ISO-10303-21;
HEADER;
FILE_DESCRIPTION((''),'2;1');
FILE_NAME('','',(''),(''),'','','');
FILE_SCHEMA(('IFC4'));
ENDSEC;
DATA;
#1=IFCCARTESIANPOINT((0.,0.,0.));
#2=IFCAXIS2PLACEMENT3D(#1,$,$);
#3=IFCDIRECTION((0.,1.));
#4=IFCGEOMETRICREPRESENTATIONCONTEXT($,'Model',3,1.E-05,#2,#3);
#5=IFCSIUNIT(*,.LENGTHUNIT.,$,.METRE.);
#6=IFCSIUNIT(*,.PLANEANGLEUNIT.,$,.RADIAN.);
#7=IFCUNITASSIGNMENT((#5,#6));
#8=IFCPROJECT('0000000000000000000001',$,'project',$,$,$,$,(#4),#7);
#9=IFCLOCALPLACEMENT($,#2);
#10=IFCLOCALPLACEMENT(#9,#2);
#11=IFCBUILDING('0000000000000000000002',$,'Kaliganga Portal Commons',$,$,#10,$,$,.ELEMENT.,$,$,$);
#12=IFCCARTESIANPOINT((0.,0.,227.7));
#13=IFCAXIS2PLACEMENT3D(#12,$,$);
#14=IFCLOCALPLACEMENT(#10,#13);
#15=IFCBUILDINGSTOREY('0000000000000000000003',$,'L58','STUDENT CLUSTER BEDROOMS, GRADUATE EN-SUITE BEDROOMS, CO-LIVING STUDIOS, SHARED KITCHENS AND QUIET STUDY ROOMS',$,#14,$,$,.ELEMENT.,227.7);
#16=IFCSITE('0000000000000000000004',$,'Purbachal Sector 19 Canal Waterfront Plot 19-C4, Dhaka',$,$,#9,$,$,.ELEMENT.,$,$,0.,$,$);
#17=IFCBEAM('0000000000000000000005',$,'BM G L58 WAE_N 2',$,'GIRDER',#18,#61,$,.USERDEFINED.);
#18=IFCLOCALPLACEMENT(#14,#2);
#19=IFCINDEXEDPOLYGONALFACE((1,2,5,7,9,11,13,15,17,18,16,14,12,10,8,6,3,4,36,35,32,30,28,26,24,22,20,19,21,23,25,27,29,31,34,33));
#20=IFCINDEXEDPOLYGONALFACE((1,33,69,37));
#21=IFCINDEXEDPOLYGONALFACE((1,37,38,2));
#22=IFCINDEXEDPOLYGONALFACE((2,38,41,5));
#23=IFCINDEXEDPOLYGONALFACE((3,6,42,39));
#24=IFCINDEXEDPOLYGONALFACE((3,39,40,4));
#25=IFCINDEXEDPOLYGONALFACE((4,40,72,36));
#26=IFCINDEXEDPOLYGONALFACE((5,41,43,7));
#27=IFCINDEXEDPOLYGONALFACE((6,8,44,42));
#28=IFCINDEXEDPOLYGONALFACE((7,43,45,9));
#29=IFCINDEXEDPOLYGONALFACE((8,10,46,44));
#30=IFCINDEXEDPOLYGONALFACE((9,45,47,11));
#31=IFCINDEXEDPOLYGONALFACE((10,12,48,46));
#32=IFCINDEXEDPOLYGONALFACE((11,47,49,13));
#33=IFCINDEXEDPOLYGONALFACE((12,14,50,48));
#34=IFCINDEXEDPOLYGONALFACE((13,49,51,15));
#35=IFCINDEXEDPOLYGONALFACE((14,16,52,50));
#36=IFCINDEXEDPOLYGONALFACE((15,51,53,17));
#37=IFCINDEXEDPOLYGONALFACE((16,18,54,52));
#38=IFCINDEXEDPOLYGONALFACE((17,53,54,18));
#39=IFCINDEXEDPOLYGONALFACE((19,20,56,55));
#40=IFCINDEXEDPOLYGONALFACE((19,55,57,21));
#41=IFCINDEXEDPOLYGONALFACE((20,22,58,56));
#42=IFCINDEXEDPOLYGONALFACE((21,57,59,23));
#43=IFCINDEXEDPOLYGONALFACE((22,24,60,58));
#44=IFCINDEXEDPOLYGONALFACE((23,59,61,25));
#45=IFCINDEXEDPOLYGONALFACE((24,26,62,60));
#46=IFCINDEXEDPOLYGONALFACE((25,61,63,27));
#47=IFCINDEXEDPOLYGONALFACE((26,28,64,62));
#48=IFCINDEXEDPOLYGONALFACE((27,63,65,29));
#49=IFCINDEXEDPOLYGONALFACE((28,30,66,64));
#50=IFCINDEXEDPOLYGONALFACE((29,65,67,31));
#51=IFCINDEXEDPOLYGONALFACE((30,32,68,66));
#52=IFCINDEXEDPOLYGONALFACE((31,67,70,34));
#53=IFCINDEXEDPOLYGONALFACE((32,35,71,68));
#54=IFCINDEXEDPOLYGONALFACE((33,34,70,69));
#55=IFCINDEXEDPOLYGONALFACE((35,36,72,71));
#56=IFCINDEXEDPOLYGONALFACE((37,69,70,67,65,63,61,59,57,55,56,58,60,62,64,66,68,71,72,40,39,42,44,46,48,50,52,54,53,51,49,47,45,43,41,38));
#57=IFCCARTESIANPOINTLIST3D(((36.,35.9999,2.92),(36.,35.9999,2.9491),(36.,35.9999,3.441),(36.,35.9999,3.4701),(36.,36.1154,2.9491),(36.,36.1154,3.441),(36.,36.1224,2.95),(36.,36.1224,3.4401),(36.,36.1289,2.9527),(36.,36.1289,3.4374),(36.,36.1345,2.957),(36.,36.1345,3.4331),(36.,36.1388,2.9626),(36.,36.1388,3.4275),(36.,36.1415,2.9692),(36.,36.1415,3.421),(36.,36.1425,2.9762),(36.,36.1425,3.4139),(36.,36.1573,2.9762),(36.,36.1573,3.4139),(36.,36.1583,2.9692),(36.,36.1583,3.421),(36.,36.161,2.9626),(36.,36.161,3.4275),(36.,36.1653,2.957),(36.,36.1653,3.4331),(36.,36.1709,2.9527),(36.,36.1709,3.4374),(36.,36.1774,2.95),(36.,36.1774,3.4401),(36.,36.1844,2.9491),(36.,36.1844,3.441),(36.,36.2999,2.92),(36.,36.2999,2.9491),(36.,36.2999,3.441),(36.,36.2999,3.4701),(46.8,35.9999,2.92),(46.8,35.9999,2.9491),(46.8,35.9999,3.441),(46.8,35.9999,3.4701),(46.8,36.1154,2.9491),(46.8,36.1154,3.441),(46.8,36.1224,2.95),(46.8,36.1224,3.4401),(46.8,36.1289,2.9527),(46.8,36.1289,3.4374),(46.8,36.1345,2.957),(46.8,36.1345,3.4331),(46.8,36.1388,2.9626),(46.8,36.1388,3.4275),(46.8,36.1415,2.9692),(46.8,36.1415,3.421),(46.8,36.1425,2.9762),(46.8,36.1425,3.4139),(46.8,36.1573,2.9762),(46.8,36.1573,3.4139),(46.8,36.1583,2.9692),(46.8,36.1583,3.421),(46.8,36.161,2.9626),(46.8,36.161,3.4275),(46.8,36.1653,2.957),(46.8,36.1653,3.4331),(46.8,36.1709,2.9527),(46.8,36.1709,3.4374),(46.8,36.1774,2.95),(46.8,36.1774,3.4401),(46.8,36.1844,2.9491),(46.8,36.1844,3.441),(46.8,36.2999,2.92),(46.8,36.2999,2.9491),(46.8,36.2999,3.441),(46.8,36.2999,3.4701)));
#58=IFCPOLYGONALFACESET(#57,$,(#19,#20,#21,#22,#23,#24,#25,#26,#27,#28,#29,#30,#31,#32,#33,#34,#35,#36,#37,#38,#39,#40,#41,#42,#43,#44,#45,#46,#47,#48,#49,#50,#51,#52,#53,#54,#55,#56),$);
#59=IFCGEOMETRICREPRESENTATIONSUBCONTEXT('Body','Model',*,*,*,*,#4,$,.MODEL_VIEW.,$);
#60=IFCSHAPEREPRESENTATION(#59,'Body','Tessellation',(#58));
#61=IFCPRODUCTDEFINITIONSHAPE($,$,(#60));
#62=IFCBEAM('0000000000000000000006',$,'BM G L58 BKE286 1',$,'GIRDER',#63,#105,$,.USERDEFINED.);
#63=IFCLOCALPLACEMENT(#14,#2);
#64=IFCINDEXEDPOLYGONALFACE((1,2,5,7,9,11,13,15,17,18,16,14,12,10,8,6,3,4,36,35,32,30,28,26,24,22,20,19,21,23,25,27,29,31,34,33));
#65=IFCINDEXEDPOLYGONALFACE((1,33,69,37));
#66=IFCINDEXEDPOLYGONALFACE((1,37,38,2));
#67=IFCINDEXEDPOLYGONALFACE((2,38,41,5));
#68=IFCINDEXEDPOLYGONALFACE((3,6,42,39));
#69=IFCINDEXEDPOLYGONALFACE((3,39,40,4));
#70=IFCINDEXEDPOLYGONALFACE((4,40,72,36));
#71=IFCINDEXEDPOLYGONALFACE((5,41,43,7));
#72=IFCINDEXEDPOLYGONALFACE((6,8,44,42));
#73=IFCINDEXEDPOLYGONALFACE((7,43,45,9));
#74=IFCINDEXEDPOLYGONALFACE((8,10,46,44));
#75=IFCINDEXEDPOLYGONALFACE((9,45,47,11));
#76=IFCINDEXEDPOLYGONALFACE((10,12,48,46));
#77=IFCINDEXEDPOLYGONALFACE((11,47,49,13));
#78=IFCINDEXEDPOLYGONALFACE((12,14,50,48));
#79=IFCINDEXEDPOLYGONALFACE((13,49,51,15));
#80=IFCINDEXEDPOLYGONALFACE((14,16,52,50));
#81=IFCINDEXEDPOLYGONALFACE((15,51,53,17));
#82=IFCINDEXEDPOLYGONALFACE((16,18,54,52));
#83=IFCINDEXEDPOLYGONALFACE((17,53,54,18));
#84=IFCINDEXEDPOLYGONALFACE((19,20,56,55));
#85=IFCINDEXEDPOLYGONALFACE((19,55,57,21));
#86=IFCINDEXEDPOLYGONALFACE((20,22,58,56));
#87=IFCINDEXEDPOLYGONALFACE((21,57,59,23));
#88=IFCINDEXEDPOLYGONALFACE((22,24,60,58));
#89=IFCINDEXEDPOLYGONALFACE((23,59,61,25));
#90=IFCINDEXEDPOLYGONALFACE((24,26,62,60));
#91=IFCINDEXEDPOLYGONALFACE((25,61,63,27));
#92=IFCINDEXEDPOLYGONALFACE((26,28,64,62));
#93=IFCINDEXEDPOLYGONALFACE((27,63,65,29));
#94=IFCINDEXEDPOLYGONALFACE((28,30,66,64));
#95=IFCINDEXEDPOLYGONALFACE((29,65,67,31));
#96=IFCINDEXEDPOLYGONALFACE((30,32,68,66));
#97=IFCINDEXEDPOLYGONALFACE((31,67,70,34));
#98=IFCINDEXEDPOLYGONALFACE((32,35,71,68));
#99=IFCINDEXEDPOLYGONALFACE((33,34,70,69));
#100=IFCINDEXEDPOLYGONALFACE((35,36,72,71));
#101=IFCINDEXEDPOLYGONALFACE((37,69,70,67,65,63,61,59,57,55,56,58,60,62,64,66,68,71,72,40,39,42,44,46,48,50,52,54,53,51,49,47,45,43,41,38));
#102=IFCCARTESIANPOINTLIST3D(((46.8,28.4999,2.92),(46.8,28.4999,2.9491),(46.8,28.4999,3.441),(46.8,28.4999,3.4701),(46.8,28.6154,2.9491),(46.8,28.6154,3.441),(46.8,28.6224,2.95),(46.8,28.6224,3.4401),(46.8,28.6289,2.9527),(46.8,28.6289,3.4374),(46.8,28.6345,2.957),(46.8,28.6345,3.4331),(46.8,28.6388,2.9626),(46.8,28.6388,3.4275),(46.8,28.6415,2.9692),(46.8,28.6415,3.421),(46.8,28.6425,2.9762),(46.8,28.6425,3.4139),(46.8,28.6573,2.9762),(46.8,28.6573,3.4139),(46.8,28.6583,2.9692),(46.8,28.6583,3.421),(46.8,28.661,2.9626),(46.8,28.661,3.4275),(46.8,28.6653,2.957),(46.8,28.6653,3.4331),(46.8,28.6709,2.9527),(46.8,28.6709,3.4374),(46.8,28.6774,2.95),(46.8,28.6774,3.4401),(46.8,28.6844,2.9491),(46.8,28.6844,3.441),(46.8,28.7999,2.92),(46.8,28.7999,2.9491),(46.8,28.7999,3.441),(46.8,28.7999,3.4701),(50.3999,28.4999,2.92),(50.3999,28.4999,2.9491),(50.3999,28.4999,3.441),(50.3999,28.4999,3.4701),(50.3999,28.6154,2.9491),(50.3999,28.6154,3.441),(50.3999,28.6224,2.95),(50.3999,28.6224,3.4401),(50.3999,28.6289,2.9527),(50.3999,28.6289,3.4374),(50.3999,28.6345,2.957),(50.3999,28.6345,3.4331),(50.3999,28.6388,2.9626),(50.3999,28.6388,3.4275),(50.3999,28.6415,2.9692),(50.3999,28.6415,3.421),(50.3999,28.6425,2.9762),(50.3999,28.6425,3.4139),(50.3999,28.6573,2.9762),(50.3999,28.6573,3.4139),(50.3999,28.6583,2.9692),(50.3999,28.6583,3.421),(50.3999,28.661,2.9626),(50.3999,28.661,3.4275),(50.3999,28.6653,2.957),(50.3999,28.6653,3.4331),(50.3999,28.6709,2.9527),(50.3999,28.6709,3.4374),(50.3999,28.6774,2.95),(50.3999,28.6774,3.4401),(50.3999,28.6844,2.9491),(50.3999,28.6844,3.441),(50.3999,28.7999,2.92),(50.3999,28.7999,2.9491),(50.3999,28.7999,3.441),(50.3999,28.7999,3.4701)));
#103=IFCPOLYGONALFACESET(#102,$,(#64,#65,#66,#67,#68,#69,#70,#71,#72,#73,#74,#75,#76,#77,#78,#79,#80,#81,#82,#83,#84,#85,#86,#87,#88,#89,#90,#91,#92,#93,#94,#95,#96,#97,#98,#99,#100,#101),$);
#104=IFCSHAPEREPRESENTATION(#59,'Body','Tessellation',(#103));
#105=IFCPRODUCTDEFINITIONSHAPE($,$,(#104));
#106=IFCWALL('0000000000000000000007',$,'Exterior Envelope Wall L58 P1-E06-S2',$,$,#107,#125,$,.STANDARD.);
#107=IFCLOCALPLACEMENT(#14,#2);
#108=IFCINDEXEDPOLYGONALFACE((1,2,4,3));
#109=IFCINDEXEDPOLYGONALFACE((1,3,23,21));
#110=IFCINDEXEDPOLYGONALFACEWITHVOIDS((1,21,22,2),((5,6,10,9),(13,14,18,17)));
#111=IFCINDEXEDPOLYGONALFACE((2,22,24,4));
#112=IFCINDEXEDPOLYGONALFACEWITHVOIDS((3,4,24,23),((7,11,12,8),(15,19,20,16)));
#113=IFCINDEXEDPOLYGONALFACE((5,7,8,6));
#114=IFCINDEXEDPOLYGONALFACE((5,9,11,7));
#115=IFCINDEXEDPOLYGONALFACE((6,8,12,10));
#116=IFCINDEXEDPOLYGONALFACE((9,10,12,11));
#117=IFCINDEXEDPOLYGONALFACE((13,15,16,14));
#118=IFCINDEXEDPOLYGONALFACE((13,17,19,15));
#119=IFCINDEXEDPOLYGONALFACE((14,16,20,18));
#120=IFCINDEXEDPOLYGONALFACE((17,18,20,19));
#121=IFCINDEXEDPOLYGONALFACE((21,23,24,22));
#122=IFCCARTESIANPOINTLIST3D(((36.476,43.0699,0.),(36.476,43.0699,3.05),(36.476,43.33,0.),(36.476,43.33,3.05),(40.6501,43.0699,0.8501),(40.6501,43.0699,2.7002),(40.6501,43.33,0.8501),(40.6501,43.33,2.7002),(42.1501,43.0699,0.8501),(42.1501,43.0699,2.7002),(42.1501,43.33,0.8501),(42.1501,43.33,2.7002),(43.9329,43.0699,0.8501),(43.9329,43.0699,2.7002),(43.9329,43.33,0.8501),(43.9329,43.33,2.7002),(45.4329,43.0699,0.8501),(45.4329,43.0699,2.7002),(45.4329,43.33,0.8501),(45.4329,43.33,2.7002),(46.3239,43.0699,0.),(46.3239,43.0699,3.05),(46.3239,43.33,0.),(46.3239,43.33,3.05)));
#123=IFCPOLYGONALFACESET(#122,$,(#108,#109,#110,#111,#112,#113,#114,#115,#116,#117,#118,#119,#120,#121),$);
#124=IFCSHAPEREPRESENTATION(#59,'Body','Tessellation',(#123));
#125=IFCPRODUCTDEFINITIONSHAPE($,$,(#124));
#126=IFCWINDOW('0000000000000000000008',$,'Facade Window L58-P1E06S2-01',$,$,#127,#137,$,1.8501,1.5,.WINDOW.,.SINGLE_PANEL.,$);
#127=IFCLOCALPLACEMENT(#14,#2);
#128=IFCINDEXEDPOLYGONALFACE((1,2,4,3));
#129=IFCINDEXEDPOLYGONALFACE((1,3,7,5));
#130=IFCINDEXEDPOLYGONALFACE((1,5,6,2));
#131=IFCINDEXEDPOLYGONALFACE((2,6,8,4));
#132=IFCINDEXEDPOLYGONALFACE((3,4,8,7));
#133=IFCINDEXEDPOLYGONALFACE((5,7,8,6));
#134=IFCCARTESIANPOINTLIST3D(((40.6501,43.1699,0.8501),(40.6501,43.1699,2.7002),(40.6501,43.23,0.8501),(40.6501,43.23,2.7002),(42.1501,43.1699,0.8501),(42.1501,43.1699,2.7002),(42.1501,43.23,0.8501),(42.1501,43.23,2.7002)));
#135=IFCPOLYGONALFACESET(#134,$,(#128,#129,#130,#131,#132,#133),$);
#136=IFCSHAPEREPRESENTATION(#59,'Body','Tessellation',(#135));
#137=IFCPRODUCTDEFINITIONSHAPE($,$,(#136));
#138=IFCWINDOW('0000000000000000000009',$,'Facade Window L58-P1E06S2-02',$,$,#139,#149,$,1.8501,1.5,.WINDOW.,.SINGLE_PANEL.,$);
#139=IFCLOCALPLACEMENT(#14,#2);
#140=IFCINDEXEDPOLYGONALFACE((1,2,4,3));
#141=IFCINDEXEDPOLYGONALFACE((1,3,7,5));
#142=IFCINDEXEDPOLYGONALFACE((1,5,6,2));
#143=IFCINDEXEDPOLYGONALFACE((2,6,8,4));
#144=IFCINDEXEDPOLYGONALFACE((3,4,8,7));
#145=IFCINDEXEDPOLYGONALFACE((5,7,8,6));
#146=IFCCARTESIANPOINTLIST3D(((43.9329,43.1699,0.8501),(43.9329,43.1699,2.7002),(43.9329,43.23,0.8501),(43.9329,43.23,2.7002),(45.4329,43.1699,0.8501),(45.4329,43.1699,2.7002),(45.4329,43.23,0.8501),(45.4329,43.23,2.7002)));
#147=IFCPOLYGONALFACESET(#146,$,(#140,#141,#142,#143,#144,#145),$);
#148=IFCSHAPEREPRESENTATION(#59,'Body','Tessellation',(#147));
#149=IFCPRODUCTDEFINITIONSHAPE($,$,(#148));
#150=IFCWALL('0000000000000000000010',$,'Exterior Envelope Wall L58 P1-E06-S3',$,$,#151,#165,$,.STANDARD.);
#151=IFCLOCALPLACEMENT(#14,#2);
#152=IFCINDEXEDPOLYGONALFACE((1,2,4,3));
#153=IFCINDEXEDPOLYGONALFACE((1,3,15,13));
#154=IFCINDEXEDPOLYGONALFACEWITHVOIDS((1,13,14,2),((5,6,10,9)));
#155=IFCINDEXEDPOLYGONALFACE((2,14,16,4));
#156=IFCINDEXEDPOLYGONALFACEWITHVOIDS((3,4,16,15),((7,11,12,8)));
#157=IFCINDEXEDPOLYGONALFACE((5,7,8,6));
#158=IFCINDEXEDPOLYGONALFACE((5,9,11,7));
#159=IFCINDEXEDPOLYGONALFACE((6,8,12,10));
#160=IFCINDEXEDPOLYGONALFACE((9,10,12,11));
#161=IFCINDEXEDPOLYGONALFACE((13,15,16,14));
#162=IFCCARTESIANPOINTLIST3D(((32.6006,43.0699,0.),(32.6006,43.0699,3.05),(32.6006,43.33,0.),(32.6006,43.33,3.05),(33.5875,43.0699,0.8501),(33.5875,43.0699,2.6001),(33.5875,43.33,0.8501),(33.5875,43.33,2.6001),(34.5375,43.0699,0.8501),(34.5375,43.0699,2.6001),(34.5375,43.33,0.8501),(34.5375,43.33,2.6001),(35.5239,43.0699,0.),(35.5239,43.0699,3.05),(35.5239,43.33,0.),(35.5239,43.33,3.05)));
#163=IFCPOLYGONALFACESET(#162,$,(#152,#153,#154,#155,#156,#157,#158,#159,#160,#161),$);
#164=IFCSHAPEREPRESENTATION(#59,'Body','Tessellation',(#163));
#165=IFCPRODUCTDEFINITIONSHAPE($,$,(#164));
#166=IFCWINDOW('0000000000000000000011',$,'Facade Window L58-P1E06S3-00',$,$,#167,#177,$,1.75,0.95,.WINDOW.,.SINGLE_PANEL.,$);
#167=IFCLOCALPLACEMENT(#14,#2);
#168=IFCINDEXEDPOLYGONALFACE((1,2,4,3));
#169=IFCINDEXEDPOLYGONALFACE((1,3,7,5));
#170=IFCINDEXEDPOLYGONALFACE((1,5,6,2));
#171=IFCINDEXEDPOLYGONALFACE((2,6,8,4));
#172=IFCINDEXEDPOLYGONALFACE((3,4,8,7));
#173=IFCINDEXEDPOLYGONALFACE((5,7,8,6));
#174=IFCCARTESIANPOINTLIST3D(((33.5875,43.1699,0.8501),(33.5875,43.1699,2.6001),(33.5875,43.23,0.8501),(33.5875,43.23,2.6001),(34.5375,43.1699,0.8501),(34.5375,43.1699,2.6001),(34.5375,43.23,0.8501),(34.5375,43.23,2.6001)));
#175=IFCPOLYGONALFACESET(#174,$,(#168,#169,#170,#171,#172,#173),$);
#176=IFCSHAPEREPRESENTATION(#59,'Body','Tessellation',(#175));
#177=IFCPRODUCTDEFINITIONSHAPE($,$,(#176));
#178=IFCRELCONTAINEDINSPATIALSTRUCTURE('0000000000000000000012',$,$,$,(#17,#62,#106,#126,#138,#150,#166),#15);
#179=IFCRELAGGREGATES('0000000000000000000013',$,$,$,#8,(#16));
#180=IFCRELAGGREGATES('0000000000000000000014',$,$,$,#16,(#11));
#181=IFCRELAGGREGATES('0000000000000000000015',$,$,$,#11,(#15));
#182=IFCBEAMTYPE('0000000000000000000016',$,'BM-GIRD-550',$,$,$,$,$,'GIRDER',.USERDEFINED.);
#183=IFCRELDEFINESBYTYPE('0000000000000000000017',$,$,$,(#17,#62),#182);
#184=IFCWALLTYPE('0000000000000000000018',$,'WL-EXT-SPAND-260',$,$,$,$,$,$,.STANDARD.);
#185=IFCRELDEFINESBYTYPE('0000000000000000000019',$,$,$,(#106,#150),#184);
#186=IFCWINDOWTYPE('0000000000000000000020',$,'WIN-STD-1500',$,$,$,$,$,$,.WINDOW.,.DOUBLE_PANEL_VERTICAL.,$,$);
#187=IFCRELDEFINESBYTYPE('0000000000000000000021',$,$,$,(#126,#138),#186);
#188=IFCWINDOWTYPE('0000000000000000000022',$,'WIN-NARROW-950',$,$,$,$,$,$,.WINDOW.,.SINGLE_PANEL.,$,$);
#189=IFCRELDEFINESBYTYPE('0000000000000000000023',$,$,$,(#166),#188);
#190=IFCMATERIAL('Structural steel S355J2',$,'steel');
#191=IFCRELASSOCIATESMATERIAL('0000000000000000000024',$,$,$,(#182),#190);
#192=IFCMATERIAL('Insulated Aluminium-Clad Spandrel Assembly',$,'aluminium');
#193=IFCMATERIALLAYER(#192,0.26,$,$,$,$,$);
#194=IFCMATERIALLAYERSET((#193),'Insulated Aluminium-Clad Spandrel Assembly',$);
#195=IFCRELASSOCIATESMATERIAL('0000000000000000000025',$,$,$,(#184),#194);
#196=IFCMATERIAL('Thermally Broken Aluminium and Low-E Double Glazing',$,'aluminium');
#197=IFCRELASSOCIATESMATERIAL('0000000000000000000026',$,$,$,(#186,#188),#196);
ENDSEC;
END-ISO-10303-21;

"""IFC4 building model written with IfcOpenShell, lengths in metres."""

from ifc_helpers import new_model, si_unit, direction, frame, frame_2d, origin, origin_2d, place, context, subcontext, project, spatial, rectangle, i_section, extrude, source, transform, mapped, material, layer, layer_set, material_profile, profile_set, type_object, element, fill, save


model = new_model("IFC4")

# Units and contexts
model_context = context("Model", 3, precision=1e-05, world=origin(), true_north=direction((0.0, 1.0)))
body_context = subcontext(model_context, "Body", "Model", "MODEL_VIEW")
ifc_project = project(units=[si_unit("LENGTHUNIT", "METRE"), si_unit("PLANEANGLEUNIT", "RADIAN")], contexts=[model_context])

# Site, building, storey
site_placement = place(None, origin())
site = spatial("IfcSite", under=ifc_project, at=site_placement, Name="Purbachal Sector 19 Canal Waterfront Plot 19-C4, Dhaka", CompositionType="ELEMENT", RefElevation=0.0)
building_placement = place(site_placement, origin())
building = spatial("IfcBuilding", under=site, at=building_placement, Name="Kaliganga Portal Commons", CompositionType="ELEMENT")
storey_placement = place(building_placement, frame((0.0, 0.0, 227.7)))
storey = spatial("IfcBuildingStorey", under=building, at=storey_placement, Name="L58", Description="STUDENT CLUSTER BEDROOMS, GRADUATE EN-SUITE BEDROOMS, CO-LIVING STUDIOS, SHARED KITCHENS AND QUIET STUDY ROOMS", CompositionType="ELEMENT", Elevation=227.7)

# Beams
ifc_material_1 = material(Name="Structural steel S355J2", Category="steel")
ifc_material_profile_1 = material_profile(ifc_material_1, i_section(OverallWidth=0.3, OverallDepth=0.55, WebThickness=0.0149, FlangeThickness=0.0291, FilletRadius=0.0271, at=origin_2d()), Name="HE 550 B")
ifc_profile_set_1 = profile_set([ifc_material_profile_1], Name="Structural steel S355J2 wide-flange")
beam_type_1 = type_object("IfcBeamType", Name="BM-GIRD-550", ElementType="GIRDER", PredefinedType="USERDEFINED", material=ifc_profile_set_1)
shared_shape_1 = source(origin(), body_context, "Body", "SweptSolid", [
    extrude(i_section(OverallWidth=0.3, OverallDepth=0.55, WebThickness=0.0149, FlangeThickness=0.0291, FilletRadius=0.0271, at=origin_2d()), origin(), (0.0, 0.0, 1.0), 10.8),
])
beam_1_placement = place(storey_placement, frame((36.0, 36.1499, 3.1951), z_axis=(1.0, 0.0, 0.0), x_axis=(0.0, 1.0, 0.0)))
element("IfcBeam", 1, at=beam_1_placement, inside=storey, type_object=beam_type_1, Name="BM G L58 WAE_N 2", ObjectType="GIRDER", PredefinedType="USERDEFINED", context=body_context, shape_type="MappedRepresentation", body=[
    mapped(shared_shape_1, transform((0.0, 0.0, 0.0), x_axis=(1.0, 0.0, 0.0), y_axis=(0.0, 1.0, 0.0), z_axis=(0.0, 0.0, 1.0), scale=1.0)),
])
shared_shape_2 = source(origin(), body_context, "Body", "SweptSolid", [
    extrude(i_section(OverallWidth=0.3, OverallDepth=0.55, WebThickness=0.0149, FlangeThickness=0.0291, FilletRadius=0.0271, at=origin_2d()), origin(), (0.0, 0.0, 1.0), 3.5999),
])
beam_2_placement = place(storey_placement, frame((46.8, 28.6499, 3.1951), z_axis=(1.0, 0.0, 0.0), x_axis=(0.0, 1.0, 0.0)))
element("IfcBeam", 2, at=beam_2_placement, inside=storey, type_object=beam_type_1, Name="BM G L58 BKE286 1", ObjectType="GIRDER", PredefinedType="USERDEFINED", context=body_context, shape_type="MappedRepresentation", body=[
    mapped(shared_shape_2, transform((0.0, 0.0, 0.0), x_axis=(1.0, 0.0, 0.0), y_axis=(0.0, 1.0, 0.0), z_axis=(0.0, 0.0, 1.0), scale=1.0)),
])

# Wall, openings, windows
ifc_material_2 = material(Name="Insulated Aluminium-Clad Spandrel Assembly", Category="aluminium")
ifc_layer_1 = layer(ifc_material_2, 0.26)
ifc_layer_set_1 = layer_set([ifc_layer_1], Name="Insulated Aluminium-Clad Spandrel Assembly")
wall_type_1 = type_object("IfcWallType", Name="WL-EXT-SPAND-260", PredefinedType="STANDARD", material=ifc_layer_set_1)
wall_1_placement = place(storey_placement, frame((36.4761, 43.2, 0.0), z_axis=(0.0, 0.0, 1.0), x_axis=(1.0, 0.0, 0.0)))
wall_1 = element("IfcWall", 3, at=wall_1_placement, inside=storey, type_object=wall_type_1, Name="Exterior Envelope Wall L58 P1-E06-S2", PredefinedType="STANDARD", context=body_context, shape_type="SweptSolid", body=[
    extrude(rectangle(XDim=9.8479, YDim=0.26, at=frame_2d((4.9238, 0.0))), origin(), (0.0, 0.0, 1.0), 3.05),
])
opening_1_placement = place(wall_1_placement, frame((4.1741, 0.0, 0.8501)))
opening_1 = element("IfcOpeningElement", 4, at=opening_1_placement, cuts=wall_1, PredefinedType="OPENING", context=body_context, shape_type="SweptSolid", body=[
    extrude(rectangle(XDim=1.5, YDim=1.8501, at=frame_2d((0.75, 0.925))), frame((0.0, 0.1401, 0.0), z_axis=(0.0, -1.0, 0.0), x_axis=(1.0, 0.0, 0.0)), (0.0, 0.0, 1.0), 0.28),
])
opening_2_placement = place(wall_1_placement, frame((7.4568, 0.0, 0.8501)))
opening_2 = element("IfcOpeningElement", 5, at=opening_2_placement, cuts=wall_1, PredefinedType="OPENING", context=body_context, shape_type="SweptSolid", body=[
    extrude(rectangle(XDim=1.5, YDim=1.8501, at=frame_2d((0.75, 0.925))), frame((0.0, 0.1401, 0.0), z_axis=(0.0, -1.0, 0.0), x_axis=(1.0, 0.0, 0.0)), (0.0, 0.0, 1.0), 0.28),
])
ifc_material_3 = material(Name="Thermally Broken Aluminium and Low-E Double Glazing", Category="aluminium")
window_type_1 = type_object("IfcWindowType", Name="WIN-STD-1500", PartitioningType="DOUBLE_PANEL_VERTICAL", PredefinedType="WINDOW", material=ifc_material_3)
window_1_placement = place(opening_1_placement, origin())
window_1 = element("IfcWindow", 6, at=window_1_placement, inside=storey, type_object=window_type_1, Name="Facade Window L58-P1E06S2-01", OverallHeight=1.8501, OverallWidth=1.5, PartitioningType="SINGLE_PANEL", PredefinedType="WINDOW", context=body_context, shape_type="SweptSolid", body=[
    extrude(rectangle(XDim=1.5, YDim=1.8501, at=frame_2d((0.75, 0.925))), frame((0.0, 0.03, 0.0), z_axis=(0.0, -1.0, 0.0), x_axis=(1.0, 0.0, 0.0)), (0.0, 0.0, 1.0), 0.0601),
])
fill(opening_1, window_1)
window_2_placement = place(opening_2_placement, origin())
window_2 = element("IfcWindow", 7, at=window_2_placement, inside=storey, type_object=window_type_1, Name="Facade Window L58-P1E06S2-02", OverallHeight=1.8501, OverallWidth=1.5, PartitioningType="SINGLE_PANEL", PredefinedType="WINDOW", context=body_context, shape_type="SweptSolid", body=[
    extrude(rectangle(XDim=1.5, YDim=1.8501, at=frame_2d((0.75, 0.925))), frame((0.0, 0.03, 0.0), z_axis=(0.0, -1.0, 0.0), x_axis=(1.0, 0.0, 0.0)), (0.0, 0.0, 1.0), 0.0601),
])
fill(opening_2, window_2)

# Wall, opening, window
wall_2_placement = place(storey_placement, frame((32.6006, 43.2, 0.0), z_axis=(0.0, 0.0, 1.0), x_axis=(1.0, 0.0, 0.0)))
wall_2 = element("IfcWall", 8, at=wall_2_placement, inside=storey, type_object=wall_type_1, Name="Exterior Envelope Wall L58 P1-E06-S3", PredefinedType="STANDARD", context=body_context, shape_type="SweptSolid", body=[
    extrude(rectangle(XDim=2.9233, YDim=0.26, at=frame_2d((1.4617, 0.0))), origin(), (0.0, 0.0, 1.0), 3.05),
])
opening_3_placement = place(wall_2_placement, frame((0.9868, 0.0, 0.8501)))
opening_3 = element("IfcOpeningElement", 9, at=opening_3_placement, cuts=wall_2, PredefinedType="OPENING", context=body_context, shape_type="SweptSolid", body=[
    extrude(rectangle(XDim=0.95, YDim=1.75, at=frame_2d((0.4751, 0.875))), frame((0.0, 0.1401, 0.0), z_axis=(0.0, -1.0, 0.0), x_axis=(1.0, 0.0, 0.0)), (0.0, 0.0, 1.0), 0.28),
])
window_type_2 = type_object("IfcWindowType", Name="WIN-NARROW-950", PartitioningType="SINGLE_PANEL", PredefinedType="WINDOW", material=ifc_material_3)
window_3_placement = place(opening_3_placement, origin())
window_3 = element("IfcWindow", 10, at=window_3_placement, inside=storey, type_object=window_type_2, Name="Facade Window L58-P1E06S3-00", OverallHeight=1.75, OverallWidth=0.95, PartitioningType="SINGLE_PANEL", PredefinedType="WINDOW", context=body_context, shape_type="SweptSolid", body=[
    extrude(rectangle(XDim=0.95, YDim=1.75, at=frame_2d((0.4751, 0.875))), frame((0.0, 0.03, 0.0), z_axis=(0.0, -1.0, 0.0), x_axis=(1.0, 0.0, 0.0)), (0.0, 0.0, 1.0), 0.0601),
])
fill(opening_3, window_3)

save(model, "model.ifc")
